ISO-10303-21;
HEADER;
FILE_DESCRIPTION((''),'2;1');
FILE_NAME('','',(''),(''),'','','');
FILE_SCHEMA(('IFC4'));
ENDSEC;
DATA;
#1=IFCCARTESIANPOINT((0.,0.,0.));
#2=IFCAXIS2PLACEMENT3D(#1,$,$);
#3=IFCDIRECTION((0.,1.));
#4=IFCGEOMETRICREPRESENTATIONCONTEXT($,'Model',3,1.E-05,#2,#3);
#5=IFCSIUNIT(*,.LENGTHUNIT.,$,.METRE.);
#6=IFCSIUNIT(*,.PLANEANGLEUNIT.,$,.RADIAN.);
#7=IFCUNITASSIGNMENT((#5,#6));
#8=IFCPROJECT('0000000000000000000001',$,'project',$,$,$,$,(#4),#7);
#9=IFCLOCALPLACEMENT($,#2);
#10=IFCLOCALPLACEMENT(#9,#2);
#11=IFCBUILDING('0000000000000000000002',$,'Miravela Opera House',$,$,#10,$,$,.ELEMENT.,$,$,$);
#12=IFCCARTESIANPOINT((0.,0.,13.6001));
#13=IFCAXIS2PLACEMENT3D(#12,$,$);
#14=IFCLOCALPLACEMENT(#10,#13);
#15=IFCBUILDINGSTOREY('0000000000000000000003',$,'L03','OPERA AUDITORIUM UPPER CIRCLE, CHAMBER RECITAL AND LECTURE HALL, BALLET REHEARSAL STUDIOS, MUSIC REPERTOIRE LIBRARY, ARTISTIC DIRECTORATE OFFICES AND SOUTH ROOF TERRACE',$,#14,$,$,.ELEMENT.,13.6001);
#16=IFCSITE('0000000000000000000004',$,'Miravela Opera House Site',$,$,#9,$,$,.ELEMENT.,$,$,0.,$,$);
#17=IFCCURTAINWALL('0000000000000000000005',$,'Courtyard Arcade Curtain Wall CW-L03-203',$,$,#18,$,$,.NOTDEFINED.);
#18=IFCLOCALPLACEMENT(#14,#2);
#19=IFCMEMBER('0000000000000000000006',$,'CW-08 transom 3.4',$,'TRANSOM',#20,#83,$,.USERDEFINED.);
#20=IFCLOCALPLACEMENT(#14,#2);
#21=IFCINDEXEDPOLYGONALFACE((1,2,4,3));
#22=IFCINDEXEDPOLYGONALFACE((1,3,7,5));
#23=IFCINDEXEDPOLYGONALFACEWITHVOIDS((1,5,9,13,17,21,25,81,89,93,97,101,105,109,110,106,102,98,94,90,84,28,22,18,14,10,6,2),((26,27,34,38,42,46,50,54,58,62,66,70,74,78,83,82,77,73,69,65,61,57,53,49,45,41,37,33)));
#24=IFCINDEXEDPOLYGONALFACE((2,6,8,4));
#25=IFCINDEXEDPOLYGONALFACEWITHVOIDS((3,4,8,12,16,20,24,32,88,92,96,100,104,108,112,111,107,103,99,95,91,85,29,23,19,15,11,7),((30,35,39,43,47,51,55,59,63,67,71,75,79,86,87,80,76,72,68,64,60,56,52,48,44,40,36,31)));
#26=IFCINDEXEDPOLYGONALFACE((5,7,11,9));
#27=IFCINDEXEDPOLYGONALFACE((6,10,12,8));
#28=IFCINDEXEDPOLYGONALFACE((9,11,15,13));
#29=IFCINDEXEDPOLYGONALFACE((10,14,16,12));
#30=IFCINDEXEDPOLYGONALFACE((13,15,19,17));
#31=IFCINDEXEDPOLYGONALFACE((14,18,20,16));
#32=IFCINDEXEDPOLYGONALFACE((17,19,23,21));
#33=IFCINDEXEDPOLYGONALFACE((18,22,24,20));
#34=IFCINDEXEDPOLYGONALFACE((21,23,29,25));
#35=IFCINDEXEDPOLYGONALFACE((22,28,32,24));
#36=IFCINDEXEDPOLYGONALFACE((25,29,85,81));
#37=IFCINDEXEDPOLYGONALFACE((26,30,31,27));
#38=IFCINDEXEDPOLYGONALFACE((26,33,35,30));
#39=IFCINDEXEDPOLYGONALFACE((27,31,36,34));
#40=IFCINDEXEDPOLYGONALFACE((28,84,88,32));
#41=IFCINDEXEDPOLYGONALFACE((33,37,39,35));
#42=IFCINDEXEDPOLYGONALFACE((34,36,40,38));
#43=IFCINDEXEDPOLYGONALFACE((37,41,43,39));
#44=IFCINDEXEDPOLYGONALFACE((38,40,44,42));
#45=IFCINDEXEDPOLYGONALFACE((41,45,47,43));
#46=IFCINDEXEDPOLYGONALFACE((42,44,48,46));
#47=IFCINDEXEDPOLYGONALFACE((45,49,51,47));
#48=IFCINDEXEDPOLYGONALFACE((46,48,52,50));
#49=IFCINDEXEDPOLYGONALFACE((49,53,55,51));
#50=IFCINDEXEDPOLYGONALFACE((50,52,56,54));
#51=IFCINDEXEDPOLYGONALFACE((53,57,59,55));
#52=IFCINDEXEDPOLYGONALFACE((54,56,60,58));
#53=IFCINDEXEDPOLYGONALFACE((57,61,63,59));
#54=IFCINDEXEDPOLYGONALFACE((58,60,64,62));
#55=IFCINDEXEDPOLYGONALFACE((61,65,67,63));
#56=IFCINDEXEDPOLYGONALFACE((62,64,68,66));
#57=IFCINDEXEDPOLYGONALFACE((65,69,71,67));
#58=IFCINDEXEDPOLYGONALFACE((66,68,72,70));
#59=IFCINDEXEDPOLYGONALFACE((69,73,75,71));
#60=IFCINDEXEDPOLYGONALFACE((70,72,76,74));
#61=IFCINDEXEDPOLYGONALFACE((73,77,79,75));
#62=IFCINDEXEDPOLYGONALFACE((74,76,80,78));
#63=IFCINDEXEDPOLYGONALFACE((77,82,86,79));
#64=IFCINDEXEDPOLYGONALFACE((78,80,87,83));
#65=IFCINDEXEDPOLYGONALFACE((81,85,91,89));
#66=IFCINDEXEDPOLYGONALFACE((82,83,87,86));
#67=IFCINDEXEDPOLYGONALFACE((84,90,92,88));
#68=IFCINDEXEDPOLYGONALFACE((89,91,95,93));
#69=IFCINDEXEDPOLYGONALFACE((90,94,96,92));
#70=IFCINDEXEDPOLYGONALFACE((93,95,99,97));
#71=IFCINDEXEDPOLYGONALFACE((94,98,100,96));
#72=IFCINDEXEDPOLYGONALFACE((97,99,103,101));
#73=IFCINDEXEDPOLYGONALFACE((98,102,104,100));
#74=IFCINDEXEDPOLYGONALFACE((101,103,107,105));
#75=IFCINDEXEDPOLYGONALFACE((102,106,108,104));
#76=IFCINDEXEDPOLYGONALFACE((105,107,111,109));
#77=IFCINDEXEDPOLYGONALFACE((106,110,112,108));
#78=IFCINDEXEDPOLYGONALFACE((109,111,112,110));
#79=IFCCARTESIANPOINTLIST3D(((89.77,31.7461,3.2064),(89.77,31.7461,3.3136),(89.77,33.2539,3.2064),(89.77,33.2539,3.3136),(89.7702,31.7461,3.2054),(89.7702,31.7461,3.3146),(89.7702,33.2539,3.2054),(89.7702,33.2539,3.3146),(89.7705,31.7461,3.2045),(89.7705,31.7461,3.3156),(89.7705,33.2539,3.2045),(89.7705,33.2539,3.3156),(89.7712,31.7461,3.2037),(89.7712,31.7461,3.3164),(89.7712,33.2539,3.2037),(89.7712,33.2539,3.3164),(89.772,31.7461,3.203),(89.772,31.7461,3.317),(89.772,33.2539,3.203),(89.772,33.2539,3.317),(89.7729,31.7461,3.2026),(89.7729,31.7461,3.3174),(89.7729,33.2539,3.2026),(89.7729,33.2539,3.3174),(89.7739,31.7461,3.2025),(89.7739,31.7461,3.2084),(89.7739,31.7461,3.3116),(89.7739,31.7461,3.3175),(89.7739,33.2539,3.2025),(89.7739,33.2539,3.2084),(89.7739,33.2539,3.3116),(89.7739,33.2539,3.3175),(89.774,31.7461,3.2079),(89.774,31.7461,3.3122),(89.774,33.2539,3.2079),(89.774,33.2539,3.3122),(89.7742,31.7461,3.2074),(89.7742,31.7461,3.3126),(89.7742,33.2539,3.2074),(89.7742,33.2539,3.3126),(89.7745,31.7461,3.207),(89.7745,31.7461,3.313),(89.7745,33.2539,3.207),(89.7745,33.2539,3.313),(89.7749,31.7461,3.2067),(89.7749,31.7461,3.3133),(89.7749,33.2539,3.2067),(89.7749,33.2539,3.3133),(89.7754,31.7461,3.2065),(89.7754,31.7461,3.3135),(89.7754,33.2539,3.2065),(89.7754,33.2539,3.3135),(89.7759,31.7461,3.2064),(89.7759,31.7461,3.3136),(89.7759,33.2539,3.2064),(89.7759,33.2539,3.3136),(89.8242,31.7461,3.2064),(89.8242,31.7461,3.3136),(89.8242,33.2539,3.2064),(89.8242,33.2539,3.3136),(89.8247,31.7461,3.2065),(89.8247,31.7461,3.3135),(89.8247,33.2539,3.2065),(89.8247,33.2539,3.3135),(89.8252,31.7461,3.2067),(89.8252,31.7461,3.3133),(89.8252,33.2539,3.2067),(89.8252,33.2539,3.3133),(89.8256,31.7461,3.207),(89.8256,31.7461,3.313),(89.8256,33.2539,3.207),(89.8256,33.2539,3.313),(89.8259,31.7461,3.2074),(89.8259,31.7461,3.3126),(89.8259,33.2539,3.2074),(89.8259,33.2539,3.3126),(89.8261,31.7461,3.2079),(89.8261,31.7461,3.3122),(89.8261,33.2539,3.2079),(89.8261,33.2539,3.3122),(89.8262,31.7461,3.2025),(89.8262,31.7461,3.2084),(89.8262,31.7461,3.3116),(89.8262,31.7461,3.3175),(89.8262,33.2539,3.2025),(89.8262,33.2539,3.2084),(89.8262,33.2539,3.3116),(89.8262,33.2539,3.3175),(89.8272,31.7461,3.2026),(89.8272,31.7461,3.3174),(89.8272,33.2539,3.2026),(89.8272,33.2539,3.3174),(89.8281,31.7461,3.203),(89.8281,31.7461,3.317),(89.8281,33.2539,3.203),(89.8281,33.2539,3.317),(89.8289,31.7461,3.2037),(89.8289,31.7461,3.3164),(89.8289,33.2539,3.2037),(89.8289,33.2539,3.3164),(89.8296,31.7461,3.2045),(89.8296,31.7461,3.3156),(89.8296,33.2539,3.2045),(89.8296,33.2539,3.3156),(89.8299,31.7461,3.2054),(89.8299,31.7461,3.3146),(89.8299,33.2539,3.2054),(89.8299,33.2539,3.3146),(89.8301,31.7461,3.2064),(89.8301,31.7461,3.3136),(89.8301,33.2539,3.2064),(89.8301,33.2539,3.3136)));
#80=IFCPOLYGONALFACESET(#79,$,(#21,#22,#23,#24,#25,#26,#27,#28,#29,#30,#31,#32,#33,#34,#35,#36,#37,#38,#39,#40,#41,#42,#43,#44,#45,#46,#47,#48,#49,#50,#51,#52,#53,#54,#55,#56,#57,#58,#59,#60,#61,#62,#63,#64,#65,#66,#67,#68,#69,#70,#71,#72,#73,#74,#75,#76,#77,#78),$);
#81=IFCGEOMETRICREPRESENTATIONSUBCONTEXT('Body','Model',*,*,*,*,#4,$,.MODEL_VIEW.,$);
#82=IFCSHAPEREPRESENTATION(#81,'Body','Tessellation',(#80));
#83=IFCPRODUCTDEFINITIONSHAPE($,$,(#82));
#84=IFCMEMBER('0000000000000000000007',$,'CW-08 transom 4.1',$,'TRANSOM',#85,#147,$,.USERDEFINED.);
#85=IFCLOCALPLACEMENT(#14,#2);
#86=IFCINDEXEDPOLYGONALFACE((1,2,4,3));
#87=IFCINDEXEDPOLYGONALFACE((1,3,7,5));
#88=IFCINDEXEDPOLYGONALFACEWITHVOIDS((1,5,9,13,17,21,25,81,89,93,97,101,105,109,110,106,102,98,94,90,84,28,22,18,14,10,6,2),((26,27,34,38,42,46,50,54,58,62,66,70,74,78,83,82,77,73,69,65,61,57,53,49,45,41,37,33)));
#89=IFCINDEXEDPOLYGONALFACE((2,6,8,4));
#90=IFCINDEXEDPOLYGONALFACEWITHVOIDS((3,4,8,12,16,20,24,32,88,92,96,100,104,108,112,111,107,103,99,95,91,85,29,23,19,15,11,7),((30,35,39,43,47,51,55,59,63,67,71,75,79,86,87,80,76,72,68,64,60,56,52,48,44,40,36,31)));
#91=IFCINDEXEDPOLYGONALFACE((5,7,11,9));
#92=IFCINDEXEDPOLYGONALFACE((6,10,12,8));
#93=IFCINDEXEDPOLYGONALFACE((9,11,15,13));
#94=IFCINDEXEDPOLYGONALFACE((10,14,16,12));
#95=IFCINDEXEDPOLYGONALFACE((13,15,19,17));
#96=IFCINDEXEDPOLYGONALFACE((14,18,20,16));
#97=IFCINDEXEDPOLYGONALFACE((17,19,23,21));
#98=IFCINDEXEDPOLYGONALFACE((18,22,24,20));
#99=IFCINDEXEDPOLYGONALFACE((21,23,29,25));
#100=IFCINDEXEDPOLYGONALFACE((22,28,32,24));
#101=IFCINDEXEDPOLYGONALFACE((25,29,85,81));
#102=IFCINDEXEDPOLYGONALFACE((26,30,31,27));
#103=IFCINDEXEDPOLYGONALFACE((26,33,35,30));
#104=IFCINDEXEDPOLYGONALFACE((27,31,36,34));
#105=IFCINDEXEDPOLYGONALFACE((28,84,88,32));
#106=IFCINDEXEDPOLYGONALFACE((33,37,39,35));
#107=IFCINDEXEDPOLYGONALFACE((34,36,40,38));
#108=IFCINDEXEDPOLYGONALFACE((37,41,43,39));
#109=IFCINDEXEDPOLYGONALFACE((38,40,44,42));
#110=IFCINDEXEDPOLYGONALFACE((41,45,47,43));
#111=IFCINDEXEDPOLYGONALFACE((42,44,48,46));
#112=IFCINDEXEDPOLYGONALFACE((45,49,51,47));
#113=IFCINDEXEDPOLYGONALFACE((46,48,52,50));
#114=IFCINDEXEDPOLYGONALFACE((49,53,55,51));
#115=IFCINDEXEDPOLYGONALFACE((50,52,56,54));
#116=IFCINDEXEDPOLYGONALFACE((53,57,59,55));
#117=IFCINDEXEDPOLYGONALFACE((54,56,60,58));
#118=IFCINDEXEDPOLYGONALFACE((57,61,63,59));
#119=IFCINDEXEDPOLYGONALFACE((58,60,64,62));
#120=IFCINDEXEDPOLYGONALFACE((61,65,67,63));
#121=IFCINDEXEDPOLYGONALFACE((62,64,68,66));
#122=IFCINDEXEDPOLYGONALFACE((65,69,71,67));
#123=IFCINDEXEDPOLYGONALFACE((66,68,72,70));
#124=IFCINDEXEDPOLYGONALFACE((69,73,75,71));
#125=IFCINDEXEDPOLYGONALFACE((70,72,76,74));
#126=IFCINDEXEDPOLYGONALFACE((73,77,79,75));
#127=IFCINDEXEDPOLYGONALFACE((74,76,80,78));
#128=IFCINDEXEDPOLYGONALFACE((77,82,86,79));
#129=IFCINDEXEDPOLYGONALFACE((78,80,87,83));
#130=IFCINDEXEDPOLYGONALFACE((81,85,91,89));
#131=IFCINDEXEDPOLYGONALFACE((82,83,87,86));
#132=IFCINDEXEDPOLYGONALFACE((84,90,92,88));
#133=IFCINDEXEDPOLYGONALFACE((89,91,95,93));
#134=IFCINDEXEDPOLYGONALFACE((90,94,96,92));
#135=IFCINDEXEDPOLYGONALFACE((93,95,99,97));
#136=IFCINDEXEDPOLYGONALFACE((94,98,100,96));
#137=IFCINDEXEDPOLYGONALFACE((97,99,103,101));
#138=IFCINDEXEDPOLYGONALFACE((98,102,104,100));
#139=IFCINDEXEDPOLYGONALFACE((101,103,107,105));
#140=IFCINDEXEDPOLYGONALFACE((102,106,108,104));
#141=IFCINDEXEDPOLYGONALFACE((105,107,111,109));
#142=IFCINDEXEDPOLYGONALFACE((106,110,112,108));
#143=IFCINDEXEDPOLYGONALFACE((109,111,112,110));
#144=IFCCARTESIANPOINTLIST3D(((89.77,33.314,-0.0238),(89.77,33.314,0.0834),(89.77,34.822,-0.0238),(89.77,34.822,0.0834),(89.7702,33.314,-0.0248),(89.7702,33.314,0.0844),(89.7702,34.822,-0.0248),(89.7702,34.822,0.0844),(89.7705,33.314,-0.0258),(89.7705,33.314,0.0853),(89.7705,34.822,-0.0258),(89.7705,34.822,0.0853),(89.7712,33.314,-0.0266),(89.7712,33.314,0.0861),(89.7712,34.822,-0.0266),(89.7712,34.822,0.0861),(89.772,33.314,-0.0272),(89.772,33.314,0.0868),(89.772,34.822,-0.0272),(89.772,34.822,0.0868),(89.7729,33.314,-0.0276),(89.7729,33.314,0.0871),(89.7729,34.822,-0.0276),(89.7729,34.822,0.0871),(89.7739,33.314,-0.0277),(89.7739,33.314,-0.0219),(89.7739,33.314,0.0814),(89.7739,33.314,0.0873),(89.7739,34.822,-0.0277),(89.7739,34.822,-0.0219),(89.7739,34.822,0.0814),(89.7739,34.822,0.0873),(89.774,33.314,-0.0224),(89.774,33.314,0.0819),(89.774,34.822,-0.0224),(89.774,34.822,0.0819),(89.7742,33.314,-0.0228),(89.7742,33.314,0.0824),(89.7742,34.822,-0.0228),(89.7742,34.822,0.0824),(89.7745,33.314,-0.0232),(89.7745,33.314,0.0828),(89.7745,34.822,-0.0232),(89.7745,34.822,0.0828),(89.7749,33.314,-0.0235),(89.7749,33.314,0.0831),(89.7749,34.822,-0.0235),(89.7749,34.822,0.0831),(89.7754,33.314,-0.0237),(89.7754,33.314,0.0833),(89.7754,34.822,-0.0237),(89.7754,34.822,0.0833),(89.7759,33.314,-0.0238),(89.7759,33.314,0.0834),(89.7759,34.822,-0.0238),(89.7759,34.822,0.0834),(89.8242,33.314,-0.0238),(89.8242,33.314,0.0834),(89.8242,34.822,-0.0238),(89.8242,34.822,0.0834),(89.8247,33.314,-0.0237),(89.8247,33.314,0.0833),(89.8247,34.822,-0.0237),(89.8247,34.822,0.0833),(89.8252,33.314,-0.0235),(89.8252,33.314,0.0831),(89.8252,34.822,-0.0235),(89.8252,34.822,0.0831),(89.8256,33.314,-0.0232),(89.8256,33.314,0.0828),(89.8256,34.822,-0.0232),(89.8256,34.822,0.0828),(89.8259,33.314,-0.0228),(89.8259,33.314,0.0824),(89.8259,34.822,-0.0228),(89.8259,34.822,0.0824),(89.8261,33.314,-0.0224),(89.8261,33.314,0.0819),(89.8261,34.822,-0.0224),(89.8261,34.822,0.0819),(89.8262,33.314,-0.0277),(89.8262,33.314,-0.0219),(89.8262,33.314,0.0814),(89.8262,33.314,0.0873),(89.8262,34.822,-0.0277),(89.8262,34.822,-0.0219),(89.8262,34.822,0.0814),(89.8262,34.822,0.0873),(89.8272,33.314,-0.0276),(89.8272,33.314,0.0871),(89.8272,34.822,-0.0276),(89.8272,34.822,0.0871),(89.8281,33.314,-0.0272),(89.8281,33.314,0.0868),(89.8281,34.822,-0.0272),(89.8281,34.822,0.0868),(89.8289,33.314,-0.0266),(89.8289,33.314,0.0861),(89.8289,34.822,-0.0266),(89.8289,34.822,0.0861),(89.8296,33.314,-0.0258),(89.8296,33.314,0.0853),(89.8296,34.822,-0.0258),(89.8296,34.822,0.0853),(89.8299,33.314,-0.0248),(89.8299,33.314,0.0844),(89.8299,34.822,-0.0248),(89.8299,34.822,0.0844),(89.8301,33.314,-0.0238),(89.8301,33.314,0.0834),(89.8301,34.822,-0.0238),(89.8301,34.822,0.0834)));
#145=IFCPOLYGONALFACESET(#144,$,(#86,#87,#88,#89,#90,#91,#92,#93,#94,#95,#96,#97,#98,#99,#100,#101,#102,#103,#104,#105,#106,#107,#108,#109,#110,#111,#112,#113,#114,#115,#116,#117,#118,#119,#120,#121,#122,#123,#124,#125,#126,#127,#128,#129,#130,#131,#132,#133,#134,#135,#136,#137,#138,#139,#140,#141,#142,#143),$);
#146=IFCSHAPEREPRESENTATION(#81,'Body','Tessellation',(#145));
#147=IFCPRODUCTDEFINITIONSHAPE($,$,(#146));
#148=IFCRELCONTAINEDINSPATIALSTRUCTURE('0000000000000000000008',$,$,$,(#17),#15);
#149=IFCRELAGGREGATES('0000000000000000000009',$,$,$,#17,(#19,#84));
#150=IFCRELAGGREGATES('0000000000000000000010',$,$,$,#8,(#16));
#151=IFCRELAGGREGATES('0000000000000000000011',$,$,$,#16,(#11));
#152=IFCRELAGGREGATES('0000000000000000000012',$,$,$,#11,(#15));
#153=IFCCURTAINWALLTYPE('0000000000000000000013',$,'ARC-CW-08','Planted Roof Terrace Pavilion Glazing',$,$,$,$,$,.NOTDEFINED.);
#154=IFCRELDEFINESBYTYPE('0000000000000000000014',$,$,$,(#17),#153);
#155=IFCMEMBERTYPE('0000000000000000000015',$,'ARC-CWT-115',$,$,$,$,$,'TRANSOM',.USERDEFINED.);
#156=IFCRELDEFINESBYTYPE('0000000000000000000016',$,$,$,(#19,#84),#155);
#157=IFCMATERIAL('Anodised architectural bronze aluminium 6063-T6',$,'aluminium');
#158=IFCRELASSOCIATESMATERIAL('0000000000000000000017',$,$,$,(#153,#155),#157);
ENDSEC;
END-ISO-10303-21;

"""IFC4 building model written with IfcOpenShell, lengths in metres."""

from ifc_helpers import new_model, si_unit, direction, frame, origin, origin_2d, place, context, subcontext, project, spatial, hollow_rectangle, extrude, material, material_profile, profile_set, type_object, element, aggregate, save


model = new_model("IFC4")

# Units and contexts
model_context = context("Model", 3, precision=1e-05, world=origin(), true_north=direction((0.0, 1.0)))
body_context = subcontext(model_context, "Body", "Model", "MODEL_VIEW")
ifc_project = project(units=[si_unit("LENGTHUNIT", "METRE"), si_unit("PLANEANGLEUNIT", "RADIAN")], contexts=[model_context])

# Site, building, storey
site_placement = place(None, origin())
site = spatial("IfcSite", under=ifc_project, at=site_placement, Name="Miravela Opera House Site", CompositionType="ELEMENT", RefElevation=0.0)
building_placement = place(site_placement, origin())
building = spatial("IfcBuilding", under=site, at=building_placement, Name="Miravela Opera House", CompositionType="ELEMENT")
storey_placement = place(building_placement, frame((0.0, 0.0, 13.6001)))
storey = spatial("IfcBuildingStorey", under=building, at=storey_placement, Name="L03", Description="OPERA AUDITORIUM UPPER CIRCLE, CHAMBER RECITAL AND LECTURE HALL, BALLET REHEARSAL STUDIOS, MUSIC REPERTOIRE LIBRARY, ARTISTIC DIRECTORATE OFFICES AND SOUTH ROOF TERRACE", CompositionType="ELEMENT", Elevation=13.6001)

# Curtain wall, members
ifc_material_1 = material(Name="Anodised architectural bronze aluminium 6063-T6", Category="aluminium")
curtain_wall_type = type_object("IfcCurtainWallType", Name="ARC-CW-08", Description="Planted Roof Terrace Pavilion Glazing", PredefinedType="NOTDEFINED", material=ifc_material_1)
curtain_wall_placement = place(storey_placement, origin())
curtain_wall = element("IfcCurtainWall", 1, at=curtain_wall_placement, inside=storey, type_object=curtain_wall_type, Name="Courtyard Arcade Curtain Wall CW-L03-203", PredefinedType="NOTDEFINED")
ifc_material_profile_1 = material_profile(ifc_material_1, hollow_rectangle(XDim=0.0601, YDim=0.115, WallThickness=0.0039, InnerFilletRadius=0.002, OuterFilletRadius=0.0039, at=origin_2d()), Name="CWT-60X115")
ifc_profile_set_1 = profile_set([ifc_material_profile_1])
member_type_1 = type_object("IfcMemberType", Name="ARC-CWT-115", ElementType="TRANSOM", PredefinedType="USERDEFINED", material=ifc_profile_set_1)
member_1_placement = place(storey_placement, frame((89.8, 31.7461, 3.26), z_axis=(0.0, 1.0, 0.0), x_axis=(-1.0, 0.0, 0.0)))
member_1 = element("IfcMember", 2, at=member_1_placement, type_object=member_type_1, Name="CW-08 transom 3.4", ObjectType="TRANSOM", PredefinedType="USERDEFINED", context=body_context, shape_type="SweptSolid", body=[
    extrude(hollow_rectangle(XDim=0.0601, YDim=0.115, WallThickness=0.0039, InnerFilletRadius=0.002, OuterFilletRadius=0.0039, at=origin_2d()), origin(), (0.0, 0.0, 1.0), 1.5078),
])
member_2_placement = place(storey_placement, frame((89.8, 33.314, 0.0298), z_axis=(0.0, 1.0, 0.0), x_axis=(-1.0, 0.0, 0.0)))
member_2 = element("IfcMember", 3, at=member_2_placement, type_object=member_type_1, Name="CW-08 transom 4.1", ObjectType="TRANSOM", PredefinedType="USERDEFINED", context=body_context, shape_type="SweptSolid", body=[
    extrude(hollow_rectangle(XDim=0.0601, YDim=0.115, WallThickness=0.0039, InnerFilletRadius=0.002, OuterFilletRadius=0.0039, at=origin_2d()), origin(), (0.0, 0.0, 1.0), 1.5081),
])
aggregate(curtain_wall, [member_1, member_2])

save(model, "model.ifc")
